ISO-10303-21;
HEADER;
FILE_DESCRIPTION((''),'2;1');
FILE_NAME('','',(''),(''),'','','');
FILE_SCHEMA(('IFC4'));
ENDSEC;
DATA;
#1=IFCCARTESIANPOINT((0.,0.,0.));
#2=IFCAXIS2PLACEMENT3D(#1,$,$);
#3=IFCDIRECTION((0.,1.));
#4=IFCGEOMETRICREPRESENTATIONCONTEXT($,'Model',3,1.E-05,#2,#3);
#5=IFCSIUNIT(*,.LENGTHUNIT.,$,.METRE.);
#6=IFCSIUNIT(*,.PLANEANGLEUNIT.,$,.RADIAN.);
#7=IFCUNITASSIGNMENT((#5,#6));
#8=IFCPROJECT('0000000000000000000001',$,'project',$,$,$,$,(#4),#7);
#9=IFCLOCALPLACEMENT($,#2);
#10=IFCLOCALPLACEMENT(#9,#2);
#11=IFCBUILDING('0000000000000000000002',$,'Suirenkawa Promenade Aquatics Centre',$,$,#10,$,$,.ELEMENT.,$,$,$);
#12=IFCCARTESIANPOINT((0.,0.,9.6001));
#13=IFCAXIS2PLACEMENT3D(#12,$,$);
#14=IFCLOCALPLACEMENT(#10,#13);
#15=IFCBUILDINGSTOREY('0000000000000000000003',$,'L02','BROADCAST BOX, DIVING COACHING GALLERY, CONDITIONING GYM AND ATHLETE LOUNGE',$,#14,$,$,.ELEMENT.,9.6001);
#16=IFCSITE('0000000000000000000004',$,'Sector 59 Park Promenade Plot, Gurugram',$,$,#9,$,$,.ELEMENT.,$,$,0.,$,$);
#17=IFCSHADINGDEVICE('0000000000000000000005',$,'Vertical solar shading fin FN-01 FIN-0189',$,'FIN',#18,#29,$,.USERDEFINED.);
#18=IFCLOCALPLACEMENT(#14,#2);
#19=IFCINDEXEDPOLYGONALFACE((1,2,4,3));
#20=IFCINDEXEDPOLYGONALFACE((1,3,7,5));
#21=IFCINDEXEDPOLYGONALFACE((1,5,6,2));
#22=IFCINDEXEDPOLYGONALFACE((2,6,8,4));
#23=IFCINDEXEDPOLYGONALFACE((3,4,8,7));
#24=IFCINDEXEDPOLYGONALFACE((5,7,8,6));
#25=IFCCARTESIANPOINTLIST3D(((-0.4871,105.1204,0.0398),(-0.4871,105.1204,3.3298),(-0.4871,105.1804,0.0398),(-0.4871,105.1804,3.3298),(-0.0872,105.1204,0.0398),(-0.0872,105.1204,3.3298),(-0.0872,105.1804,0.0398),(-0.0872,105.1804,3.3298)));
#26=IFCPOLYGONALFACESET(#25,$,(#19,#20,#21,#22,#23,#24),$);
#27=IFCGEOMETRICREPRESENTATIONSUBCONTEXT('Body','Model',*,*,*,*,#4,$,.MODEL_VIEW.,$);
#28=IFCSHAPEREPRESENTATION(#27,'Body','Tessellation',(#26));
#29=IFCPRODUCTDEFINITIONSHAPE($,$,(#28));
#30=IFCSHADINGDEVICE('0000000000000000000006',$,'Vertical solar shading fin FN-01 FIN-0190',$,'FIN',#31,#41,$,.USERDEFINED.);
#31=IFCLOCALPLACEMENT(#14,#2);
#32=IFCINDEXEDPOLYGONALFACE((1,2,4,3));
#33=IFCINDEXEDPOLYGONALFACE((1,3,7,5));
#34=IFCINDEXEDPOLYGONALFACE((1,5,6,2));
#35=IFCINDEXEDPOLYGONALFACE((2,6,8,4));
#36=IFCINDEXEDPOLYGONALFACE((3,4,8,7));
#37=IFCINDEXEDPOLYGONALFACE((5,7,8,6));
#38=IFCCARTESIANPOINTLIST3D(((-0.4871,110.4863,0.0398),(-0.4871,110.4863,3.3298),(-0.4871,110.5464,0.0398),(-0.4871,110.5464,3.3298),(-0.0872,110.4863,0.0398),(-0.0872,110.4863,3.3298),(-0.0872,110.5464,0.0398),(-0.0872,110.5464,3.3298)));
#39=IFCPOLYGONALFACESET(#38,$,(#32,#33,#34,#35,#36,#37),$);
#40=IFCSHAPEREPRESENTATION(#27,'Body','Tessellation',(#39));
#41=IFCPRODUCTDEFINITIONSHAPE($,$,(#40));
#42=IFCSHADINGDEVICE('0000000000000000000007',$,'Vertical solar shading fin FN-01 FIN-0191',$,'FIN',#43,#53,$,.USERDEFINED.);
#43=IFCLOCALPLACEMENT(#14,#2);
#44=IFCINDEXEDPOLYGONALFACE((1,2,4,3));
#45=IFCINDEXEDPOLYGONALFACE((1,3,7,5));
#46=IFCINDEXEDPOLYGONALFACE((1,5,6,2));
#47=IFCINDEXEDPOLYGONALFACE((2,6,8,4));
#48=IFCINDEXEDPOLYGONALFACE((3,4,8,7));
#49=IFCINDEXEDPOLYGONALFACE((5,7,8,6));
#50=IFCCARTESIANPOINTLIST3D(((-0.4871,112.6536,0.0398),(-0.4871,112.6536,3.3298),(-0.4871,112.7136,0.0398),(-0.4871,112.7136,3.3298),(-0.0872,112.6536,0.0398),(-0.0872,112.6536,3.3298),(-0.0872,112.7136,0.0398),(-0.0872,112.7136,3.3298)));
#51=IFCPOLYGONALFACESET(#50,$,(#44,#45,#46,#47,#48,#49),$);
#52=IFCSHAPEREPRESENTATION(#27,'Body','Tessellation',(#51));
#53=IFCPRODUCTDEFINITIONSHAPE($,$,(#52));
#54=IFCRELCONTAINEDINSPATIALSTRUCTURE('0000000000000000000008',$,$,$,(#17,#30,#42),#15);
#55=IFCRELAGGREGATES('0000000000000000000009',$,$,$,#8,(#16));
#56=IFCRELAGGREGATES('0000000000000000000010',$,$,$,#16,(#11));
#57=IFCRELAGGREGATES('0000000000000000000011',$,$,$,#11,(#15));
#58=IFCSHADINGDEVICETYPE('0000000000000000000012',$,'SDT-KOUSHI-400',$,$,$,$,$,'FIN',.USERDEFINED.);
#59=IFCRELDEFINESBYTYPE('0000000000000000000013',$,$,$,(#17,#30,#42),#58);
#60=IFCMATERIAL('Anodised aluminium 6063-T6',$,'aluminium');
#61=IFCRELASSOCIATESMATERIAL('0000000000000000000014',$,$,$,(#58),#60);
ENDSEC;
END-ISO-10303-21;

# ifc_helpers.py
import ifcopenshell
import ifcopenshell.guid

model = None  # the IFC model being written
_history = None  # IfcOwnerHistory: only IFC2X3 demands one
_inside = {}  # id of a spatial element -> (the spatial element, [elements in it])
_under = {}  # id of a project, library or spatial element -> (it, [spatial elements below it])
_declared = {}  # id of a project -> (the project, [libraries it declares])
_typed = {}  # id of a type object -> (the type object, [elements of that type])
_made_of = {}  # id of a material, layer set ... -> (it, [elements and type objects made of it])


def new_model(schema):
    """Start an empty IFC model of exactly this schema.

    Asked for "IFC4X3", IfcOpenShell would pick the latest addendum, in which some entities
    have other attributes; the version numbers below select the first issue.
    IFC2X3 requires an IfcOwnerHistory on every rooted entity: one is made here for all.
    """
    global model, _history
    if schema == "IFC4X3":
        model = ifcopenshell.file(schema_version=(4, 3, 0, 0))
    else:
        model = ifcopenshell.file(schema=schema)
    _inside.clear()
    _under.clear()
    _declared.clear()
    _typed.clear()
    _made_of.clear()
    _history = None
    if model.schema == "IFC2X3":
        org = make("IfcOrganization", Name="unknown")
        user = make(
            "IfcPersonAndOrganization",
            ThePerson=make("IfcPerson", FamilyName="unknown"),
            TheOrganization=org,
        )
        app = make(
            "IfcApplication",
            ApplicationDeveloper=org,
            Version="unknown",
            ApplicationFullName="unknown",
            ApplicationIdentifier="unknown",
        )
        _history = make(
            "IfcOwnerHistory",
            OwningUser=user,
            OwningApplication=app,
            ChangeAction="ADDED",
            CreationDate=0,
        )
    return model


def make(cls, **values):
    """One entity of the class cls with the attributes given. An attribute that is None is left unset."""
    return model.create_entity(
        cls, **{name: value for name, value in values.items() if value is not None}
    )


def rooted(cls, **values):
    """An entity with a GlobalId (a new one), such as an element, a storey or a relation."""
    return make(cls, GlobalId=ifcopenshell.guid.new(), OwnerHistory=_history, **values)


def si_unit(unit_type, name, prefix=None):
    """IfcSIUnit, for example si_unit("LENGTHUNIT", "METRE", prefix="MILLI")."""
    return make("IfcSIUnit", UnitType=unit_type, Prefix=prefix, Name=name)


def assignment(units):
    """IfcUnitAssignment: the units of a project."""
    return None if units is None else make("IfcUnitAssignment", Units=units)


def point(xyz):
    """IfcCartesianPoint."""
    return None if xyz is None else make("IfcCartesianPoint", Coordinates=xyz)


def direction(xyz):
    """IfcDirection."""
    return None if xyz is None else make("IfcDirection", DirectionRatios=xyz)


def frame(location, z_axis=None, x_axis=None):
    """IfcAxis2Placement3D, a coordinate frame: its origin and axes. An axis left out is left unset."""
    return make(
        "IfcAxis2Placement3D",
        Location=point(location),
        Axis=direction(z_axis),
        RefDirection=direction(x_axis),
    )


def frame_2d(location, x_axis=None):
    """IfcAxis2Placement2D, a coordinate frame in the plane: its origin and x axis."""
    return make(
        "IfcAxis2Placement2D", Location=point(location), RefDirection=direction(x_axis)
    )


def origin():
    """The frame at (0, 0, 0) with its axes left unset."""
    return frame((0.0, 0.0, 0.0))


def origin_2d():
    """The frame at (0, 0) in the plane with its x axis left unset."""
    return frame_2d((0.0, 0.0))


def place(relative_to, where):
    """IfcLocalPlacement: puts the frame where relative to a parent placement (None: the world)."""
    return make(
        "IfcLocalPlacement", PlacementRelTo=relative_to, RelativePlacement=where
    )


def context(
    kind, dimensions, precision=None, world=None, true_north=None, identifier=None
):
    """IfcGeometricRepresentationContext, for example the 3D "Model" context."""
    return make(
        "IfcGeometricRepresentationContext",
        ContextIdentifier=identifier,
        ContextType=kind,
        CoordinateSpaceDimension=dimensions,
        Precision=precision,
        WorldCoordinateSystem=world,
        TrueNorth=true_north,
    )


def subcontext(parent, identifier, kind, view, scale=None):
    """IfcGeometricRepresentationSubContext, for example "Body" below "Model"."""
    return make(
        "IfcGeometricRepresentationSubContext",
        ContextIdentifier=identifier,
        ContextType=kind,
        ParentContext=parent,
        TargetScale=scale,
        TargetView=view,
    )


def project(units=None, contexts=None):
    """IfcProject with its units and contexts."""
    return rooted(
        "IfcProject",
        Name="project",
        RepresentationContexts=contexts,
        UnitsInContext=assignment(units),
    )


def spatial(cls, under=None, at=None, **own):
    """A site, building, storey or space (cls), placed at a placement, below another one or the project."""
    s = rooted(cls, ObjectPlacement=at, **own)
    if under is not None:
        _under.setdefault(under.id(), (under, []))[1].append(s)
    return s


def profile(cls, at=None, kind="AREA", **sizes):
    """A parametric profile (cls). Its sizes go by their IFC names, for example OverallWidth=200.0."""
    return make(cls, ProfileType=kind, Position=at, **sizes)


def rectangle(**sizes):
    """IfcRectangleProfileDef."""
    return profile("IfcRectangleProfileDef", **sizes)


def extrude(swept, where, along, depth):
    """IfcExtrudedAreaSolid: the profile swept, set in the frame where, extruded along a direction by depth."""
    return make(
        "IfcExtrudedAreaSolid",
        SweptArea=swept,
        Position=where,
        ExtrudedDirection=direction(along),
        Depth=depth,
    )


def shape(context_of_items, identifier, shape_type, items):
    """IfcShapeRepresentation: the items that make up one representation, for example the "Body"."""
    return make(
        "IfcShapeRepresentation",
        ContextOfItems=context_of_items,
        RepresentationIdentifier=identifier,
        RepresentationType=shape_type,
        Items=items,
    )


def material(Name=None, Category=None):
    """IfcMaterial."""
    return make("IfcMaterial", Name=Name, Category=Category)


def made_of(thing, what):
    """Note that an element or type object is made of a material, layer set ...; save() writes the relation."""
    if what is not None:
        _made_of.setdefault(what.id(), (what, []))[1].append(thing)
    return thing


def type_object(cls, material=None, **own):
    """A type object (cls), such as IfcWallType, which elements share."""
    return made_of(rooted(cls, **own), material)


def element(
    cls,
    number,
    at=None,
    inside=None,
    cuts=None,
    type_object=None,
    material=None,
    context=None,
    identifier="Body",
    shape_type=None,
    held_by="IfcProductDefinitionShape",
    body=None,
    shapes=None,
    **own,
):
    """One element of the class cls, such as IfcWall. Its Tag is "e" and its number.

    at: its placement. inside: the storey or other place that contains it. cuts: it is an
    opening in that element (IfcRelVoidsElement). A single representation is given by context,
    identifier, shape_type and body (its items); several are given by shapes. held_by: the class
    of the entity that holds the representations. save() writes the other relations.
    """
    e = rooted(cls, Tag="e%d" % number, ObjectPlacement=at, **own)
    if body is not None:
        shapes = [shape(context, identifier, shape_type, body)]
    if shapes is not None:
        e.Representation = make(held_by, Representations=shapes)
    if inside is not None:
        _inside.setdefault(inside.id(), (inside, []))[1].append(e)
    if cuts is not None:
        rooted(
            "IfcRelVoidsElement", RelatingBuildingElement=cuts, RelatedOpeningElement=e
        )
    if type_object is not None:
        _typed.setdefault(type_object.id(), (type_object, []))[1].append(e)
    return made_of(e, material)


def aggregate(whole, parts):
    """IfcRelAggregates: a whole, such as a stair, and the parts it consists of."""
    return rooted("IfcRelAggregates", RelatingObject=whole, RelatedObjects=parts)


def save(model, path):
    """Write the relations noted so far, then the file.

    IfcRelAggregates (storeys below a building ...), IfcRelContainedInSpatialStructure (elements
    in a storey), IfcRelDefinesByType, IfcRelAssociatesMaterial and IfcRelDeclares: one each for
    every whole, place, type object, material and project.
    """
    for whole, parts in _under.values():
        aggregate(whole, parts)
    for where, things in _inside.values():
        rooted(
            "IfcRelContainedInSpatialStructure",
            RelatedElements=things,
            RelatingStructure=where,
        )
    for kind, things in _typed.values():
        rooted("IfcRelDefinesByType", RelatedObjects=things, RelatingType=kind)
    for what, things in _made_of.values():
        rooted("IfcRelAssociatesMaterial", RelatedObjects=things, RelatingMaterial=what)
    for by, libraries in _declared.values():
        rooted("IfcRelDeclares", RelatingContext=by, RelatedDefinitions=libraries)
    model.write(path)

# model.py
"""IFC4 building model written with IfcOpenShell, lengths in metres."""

from ifc_helpers import new_model, si_unit, direction, frame, origin, origin_2d, place, context, subcontext, project, spatial, rectangle, extrude, material, type_object, element, save


model = new_model("IFC4")

# Units and contexts
model_context = context("Model", 3, precision=1e-05, world=origin(), true_north=direction((0.0, 1.0)))
body_context = subcontext(model_context, "Body", "Model", "MODEL_VIEW")
ifc_project = project(units=[si_unit("LENGTHUNIT", "METRE"), si_unit("PLANEANGLEUNIT", "RADIAN")], contexts=[model_context])

# Site, building, storey
site_placement = place(None, origin())
site = spatial("IfcSite", under=ifc_project, at=site_placement, Name="Sector 59 Park Promenade Plot, Gurugram", CompositionType="ELEMENT", RefElevation=0.0)
building_placement = place(site_placement, origin())
building = spatial("IfcBuilding", under=site, at=building_placement, Name="Suirenkawa Promenade Aquatics Centre", CompositionType="ELEMENT")
storey_placement = place(building_placement, frame((0.0, 0.0, 9.6001)))
storey = spatial("IfcBuildingStorey", under=building, at=storey_placement, Name="L02", Description="BROADCAST BOX, DIVING COACHING GALLERY, CONDITIONING GYM AND ATHLETE LOUNGE", CompositionType="ELEMENT", Elevation=9.6001)

# Shared definitions
ifc_material_1 = material(Name="Anodised aluminium 6063-T6", Category="aluminium")

# Shading devices
shading_device_type = type_object("IfcShadingDeviceType", Name="SDT-KOUSHI-400", ElementType="FIN", PredefinedType="USERDEFINED", material=ifc_material_1)
for number, where, z_axis, x_axis, name in (
    (1, (-0.2871, 105.1504, 0.0398), (0.0, 0.0, 1.0), (-1.0, 0.0, 0.0), "Vertical solar shading fin FN-01 FIN-0189"),
    (2, (-0.2871, 110.5164, 0.0398), (0.0, 0.0, 1.0), (-1.0, 0.0, 0.0), "Vertical solar shading fin FN-01 FIN-0190"),
    (3, (-0.2871, 112.6836, 0.0398), (0.0, 0.0, 1.0), (-1.0, 0.0, 0.0), "Vertical solar shading fin FN-01 FIN-0191"),
):
    element("IfcShadingDevice", number, at=place(storey_placement, frame(where, z_axis=z_axis, x_axis=x_axis)), inside=storey, type_object=shading_device_type, Name=name, ObjectType="FIN", PredefinedType="USERDEFINED", context=body_context, shape_type="SweptSolid", body=[
        extrude(rectangle(XDim=0.3999, YDim=0.0601, at=origin_2d()), origin(), (0.0, 0.0, 1.0), 3.29),
    ])

save(model, "model.ifc")
